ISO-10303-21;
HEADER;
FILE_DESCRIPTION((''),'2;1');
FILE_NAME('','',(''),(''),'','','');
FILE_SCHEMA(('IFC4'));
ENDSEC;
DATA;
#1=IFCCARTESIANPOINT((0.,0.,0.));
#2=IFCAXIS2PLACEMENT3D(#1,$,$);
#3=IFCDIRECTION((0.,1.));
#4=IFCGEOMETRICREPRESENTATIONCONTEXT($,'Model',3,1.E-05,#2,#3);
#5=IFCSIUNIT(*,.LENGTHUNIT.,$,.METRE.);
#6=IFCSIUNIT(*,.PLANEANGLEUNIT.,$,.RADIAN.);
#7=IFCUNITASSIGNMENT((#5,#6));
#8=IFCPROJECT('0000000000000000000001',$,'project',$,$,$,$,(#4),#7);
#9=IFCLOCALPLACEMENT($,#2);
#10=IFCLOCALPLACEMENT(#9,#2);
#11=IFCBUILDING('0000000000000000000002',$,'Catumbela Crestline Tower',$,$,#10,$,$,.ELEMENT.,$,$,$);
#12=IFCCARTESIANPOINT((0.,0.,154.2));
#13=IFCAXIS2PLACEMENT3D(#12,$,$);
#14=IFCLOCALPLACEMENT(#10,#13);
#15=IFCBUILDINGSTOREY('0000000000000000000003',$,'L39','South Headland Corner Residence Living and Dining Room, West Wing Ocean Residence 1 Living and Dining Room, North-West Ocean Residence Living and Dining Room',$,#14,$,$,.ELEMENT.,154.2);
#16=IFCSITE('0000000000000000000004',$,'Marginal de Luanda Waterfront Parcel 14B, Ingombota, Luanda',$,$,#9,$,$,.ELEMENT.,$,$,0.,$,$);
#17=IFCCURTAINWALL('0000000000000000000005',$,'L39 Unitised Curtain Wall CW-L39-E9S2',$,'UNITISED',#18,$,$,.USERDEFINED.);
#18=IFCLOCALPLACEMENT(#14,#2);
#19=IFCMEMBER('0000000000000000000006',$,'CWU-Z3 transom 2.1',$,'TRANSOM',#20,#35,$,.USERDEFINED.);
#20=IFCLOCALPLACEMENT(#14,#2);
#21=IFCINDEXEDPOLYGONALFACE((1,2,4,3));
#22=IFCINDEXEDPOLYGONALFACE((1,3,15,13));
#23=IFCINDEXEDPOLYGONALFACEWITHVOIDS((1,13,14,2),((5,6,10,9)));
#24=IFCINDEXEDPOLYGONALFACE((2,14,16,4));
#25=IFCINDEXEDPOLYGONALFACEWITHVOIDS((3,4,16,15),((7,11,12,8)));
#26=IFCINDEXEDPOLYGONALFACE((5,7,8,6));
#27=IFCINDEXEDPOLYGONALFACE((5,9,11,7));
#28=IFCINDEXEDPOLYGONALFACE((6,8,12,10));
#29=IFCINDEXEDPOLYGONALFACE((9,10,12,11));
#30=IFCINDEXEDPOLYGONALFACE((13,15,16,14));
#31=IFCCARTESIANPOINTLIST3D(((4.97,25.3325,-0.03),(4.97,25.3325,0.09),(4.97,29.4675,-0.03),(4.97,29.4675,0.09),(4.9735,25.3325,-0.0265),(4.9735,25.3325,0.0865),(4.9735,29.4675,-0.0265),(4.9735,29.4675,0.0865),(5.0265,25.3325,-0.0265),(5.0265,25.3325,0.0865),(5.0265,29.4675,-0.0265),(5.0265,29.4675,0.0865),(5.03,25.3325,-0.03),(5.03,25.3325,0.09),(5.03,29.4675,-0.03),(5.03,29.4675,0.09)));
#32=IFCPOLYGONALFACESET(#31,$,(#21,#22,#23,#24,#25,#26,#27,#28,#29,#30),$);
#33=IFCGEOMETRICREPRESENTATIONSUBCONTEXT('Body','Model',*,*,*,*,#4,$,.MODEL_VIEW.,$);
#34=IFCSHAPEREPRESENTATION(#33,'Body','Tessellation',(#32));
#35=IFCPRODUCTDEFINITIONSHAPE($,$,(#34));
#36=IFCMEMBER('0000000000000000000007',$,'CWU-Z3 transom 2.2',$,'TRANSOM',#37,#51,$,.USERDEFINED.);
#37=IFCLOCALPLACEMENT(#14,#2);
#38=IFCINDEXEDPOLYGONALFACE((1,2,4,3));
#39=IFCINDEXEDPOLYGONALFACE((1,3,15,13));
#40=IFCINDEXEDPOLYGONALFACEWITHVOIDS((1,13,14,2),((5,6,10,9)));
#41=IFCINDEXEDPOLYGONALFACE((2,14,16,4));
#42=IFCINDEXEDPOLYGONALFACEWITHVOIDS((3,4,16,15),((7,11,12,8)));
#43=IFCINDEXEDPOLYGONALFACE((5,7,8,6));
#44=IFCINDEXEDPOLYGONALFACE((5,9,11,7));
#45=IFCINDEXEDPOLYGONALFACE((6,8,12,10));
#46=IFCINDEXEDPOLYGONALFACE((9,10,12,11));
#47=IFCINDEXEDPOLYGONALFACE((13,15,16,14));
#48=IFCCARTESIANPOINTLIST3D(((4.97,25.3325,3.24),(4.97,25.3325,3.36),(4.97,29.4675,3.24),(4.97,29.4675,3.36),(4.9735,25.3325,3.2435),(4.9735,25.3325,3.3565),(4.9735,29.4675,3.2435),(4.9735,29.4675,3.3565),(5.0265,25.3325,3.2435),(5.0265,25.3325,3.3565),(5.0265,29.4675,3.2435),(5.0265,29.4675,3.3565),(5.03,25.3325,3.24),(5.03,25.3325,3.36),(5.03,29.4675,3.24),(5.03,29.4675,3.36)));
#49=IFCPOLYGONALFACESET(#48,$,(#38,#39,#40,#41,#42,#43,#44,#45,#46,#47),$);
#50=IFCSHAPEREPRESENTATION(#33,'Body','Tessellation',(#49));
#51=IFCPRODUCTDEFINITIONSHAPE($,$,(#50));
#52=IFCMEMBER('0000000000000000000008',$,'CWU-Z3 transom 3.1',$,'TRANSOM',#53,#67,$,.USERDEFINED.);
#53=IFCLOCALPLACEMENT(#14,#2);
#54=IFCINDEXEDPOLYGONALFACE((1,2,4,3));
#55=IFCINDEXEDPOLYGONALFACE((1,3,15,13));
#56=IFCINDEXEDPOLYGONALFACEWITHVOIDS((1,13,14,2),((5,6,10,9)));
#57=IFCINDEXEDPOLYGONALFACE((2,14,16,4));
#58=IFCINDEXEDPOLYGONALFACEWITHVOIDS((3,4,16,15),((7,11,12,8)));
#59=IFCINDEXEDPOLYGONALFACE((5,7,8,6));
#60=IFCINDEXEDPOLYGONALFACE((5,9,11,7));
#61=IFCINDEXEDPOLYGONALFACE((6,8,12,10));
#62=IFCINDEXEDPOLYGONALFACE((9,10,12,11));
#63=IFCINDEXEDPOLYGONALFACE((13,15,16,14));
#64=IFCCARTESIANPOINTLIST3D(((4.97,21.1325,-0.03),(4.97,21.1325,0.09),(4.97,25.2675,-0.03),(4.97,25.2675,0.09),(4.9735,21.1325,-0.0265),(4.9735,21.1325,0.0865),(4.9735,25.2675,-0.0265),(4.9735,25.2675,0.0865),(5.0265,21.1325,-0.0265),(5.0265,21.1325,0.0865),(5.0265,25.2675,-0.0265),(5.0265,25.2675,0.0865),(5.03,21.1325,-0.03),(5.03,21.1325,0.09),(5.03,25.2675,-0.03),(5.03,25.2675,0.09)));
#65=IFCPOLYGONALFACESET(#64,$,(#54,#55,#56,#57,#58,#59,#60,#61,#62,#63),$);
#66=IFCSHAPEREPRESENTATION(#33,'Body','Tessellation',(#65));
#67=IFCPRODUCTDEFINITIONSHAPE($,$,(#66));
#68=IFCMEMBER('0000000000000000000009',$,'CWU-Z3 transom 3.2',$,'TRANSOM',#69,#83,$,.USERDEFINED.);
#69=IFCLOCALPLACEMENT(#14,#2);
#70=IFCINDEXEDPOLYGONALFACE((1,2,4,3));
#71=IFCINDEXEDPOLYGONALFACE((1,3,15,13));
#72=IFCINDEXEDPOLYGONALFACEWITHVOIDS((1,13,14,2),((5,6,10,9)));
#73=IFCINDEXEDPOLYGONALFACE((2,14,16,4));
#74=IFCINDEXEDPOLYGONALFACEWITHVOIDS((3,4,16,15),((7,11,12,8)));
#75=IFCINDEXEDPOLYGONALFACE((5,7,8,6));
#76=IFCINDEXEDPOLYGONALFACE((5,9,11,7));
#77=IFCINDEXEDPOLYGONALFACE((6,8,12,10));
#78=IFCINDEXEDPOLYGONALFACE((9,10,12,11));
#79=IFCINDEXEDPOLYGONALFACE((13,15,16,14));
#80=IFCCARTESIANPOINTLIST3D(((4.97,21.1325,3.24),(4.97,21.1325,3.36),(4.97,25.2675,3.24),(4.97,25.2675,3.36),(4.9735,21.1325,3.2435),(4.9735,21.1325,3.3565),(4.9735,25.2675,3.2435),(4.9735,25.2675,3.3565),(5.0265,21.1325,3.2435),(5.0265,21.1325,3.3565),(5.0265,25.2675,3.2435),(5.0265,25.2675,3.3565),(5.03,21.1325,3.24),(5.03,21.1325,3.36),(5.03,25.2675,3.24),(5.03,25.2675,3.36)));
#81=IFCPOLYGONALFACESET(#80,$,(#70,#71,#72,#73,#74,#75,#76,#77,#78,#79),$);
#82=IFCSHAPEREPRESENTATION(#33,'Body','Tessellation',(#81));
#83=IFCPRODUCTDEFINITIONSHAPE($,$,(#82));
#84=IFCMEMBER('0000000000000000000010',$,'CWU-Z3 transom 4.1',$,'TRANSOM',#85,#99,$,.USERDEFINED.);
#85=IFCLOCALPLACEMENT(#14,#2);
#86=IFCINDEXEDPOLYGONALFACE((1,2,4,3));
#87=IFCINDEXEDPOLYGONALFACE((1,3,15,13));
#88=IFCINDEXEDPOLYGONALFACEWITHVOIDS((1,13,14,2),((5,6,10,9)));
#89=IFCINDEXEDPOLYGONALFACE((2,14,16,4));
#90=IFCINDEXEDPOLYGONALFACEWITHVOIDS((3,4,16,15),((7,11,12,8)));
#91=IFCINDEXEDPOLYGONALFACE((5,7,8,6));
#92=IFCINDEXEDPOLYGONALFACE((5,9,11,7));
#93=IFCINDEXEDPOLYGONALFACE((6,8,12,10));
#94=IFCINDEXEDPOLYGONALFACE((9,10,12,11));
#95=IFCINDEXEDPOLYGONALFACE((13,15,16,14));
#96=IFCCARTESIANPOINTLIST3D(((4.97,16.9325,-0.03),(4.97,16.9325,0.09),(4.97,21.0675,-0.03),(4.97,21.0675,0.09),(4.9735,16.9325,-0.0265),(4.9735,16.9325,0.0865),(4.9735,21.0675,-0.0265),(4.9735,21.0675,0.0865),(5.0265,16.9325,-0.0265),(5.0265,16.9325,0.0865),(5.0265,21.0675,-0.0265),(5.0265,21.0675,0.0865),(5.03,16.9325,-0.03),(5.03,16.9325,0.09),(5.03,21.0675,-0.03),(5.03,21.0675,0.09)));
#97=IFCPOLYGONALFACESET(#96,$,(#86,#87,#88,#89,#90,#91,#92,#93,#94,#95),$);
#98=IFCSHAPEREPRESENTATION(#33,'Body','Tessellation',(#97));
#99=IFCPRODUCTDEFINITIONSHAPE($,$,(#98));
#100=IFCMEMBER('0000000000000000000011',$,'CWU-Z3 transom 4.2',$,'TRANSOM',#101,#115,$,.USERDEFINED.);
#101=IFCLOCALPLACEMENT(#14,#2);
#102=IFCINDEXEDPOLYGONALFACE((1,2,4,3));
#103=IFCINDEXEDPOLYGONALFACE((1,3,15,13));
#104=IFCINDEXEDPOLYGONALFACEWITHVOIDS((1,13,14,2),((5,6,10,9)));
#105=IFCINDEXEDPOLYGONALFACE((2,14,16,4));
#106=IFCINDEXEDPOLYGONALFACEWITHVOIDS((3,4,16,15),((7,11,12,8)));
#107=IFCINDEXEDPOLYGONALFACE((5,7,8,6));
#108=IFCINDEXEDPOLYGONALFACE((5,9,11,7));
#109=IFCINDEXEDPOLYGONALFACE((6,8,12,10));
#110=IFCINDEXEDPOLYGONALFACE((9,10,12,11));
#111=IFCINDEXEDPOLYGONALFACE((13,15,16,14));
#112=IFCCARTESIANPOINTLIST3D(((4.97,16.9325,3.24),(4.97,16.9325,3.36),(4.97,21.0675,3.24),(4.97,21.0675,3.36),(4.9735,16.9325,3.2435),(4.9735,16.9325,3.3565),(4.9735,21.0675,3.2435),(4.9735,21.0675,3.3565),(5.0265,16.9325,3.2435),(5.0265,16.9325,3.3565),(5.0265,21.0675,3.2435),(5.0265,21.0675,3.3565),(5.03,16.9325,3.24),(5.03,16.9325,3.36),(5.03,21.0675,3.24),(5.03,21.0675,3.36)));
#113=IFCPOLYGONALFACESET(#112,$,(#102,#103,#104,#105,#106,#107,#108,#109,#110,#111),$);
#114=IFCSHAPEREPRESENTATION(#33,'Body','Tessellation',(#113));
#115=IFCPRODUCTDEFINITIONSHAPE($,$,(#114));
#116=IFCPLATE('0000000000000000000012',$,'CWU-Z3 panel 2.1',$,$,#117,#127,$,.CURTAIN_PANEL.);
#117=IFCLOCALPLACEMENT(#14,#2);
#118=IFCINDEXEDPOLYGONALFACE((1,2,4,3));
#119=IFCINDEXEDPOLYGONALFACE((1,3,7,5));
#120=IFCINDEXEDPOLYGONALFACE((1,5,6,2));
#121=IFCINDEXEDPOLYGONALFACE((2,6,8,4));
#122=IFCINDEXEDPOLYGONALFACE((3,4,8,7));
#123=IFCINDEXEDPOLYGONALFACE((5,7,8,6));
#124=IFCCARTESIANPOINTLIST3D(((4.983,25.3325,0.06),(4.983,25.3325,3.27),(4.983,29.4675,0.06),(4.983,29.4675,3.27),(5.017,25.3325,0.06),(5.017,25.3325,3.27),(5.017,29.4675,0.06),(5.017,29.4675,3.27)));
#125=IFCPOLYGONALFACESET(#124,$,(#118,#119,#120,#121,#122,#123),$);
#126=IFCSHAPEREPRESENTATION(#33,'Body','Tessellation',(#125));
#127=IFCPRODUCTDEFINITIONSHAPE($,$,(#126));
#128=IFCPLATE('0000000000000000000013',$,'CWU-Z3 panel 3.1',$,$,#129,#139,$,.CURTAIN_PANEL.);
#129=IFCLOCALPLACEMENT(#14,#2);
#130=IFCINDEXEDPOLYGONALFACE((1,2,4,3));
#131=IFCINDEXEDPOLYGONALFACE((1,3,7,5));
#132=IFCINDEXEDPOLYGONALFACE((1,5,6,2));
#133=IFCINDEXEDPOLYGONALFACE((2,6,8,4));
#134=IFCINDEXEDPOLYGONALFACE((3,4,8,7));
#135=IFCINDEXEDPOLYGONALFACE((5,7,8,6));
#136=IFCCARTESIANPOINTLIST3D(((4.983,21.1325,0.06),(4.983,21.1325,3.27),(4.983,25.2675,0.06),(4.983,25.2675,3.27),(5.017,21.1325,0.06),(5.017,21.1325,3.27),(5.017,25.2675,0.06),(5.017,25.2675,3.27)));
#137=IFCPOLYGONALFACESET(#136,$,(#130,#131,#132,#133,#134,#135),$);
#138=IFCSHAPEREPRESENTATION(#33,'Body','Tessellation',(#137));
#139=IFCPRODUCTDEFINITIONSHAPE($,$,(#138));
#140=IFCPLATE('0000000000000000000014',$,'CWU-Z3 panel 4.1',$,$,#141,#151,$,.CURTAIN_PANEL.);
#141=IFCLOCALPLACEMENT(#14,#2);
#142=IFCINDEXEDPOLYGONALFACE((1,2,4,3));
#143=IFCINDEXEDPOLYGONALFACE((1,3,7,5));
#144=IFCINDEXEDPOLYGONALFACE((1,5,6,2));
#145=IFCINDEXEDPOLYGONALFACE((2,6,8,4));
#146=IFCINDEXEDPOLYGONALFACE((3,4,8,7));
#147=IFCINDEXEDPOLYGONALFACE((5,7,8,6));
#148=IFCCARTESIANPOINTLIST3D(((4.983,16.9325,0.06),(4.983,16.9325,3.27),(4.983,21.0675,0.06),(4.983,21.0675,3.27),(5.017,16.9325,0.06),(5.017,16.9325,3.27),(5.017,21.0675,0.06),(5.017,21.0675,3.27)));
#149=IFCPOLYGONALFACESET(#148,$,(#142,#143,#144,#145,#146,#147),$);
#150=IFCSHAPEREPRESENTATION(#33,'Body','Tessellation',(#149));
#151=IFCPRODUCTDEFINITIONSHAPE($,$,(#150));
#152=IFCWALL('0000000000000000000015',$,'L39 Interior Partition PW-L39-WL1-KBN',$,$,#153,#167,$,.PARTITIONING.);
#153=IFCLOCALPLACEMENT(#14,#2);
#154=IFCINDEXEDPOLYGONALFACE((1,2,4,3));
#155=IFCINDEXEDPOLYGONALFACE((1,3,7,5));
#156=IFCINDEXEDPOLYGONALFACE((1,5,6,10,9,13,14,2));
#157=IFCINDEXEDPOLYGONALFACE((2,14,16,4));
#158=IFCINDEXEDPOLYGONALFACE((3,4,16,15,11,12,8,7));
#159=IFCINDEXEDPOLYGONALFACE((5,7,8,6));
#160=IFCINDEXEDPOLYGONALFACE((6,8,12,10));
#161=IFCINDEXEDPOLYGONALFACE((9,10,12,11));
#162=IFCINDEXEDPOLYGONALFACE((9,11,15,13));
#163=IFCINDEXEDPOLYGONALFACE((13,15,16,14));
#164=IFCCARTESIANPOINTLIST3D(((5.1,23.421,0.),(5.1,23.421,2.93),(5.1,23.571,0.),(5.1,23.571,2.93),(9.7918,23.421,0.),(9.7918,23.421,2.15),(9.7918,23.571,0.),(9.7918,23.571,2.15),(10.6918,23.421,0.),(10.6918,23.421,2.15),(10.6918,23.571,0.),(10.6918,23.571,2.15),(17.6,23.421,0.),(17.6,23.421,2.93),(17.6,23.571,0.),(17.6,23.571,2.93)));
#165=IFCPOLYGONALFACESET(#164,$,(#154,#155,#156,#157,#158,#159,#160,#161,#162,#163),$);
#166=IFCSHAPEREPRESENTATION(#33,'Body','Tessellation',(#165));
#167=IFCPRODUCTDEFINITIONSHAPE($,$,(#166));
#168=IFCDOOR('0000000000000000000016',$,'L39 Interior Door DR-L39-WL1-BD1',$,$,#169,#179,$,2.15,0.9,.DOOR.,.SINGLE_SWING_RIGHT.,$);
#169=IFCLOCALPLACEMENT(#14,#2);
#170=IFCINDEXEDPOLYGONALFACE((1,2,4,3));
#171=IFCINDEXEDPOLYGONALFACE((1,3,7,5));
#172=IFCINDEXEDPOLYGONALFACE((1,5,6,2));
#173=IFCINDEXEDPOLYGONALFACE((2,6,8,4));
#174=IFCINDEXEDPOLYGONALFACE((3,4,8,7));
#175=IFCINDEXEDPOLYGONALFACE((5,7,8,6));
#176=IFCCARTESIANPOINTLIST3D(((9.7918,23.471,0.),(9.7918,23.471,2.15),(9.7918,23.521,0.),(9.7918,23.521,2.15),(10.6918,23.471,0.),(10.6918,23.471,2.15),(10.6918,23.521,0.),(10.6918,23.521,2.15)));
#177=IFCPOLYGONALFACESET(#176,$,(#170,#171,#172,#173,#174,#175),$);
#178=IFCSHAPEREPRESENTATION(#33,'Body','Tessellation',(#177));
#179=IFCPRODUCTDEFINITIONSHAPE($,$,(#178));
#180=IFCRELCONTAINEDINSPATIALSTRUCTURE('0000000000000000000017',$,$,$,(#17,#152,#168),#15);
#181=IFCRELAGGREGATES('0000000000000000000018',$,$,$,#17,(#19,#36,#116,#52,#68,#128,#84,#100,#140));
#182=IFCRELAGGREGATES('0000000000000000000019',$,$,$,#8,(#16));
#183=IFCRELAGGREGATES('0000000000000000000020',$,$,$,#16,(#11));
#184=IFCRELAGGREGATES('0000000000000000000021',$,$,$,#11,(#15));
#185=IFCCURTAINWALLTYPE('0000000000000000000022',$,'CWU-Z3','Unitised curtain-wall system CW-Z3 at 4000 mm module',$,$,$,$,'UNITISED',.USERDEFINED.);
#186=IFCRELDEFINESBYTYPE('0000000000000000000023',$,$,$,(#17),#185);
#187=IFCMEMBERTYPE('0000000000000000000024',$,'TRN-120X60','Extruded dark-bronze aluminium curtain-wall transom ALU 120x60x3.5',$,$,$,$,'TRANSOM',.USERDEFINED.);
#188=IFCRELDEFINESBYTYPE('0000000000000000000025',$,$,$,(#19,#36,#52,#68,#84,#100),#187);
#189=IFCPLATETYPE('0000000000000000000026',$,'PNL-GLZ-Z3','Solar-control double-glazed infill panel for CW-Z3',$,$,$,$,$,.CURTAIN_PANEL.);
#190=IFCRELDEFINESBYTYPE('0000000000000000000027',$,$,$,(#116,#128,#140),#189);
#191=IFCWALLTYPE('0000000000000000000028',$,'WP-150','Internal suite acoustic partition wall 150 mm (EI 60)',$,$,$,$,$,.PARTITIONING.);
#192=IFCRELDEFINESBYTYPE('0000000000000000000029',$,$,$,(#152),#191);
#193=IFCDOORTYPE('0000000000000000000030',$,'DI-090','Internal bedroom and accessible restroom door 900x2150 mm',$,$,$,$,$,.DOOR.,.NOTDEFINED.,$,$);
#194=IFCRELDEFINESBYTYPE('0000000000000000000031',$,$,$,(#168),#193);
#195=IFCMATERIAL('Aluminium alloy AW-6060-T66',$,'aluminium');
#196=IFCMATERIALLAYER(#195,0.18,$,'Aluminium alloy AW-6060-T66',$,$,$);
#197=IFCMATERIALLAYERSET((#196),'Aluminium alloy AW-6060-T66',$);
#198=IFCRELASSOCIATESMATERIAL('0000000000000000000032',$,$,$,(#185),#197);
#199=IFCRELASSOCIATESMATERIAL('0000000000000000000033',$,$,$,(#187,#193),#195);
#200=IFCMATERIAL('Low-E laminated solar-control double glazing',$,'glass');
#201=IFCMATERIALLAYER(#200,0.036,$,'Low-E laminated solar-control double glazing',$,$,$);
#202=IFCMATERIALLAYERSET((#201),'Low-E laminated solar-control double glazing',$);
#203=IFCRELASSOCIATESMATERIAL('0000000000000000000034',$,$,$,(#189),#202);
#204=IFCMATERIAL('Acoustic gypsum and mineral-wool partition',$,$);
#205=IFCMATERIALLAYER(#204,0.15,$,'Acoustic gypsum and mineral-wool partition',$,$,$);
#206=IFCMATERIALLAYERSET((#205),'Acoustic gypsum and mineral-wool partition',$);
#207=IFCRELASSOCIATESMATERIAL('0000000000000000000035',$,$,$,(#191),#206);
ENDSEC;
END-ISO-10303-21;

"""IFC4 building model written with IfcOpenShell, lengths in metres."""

from ifc_helpers import new_model, si_unit, direction, frame, frame_2d, origin, origin_2d, place, context, subcontext, project, spatial, rectangle, hollow_rectangle, extrude, material, layer, layer_set, material_profile, profile_set, type_object, element, fill, aggregate, save


model = new_model("IFC4")

# Units and contexts
model_context = context("Model", 3, precision=1e-05, world=origin(), true_north=direction((0.0, 1.0)))
body_context = subcontext(model_context, "Body", "Model", "MODEL_VIEW")
ifc_project = project(units=[si_unit("LENGTHUNIT", "METRE"), si_unit("PLANEANGLEUNIT", "RADIAN")], contexts=[model_context])

# Site, building, storey
site_placement = place(None, origin())
site = spatial("IfcSite", under=ifc_project, at=site_placement, Name="Marginal de Luanda Waterfront Parcel 14B, Ingombota, Luanda", CompositionType="ELEMENT", RefElevation=0.0)
building_placement = place(site_placement, origin())
building = spatial("IfcBuilding", under=site, at=building_placement, Name="Catumbela Crestline Tower", CompositionType="ELEMENT")
storey_placement = place(building_placement, frame((0.0, 0.0, 154.2)))
storey = spatial("IfcBuildingStorey", under=building, at=storey_placement, Name="L39", Description="South Headland Corner Residence Living and Dining Room, West Wing Ocean Residence 1 Living and Dining Room, North-West Ocean Residence Living and Dining Room", CompositionType="ELEMENT", Elevation=154.2)

# Curtain wall
ifc_material_1 = material(Name="Aluminium alloy AW-6060-T66", Category="aluminium")
ifc_layer_1 = layer(ifc_material_1, 0.18, Name="Aluminium alloy AW-6060-T66")
ifc_layer_set_1 = layer_set([ifc_layer_1], Name="Aluminium alloy AW-6060-T66")
curtain_wall_type = type_object("IfcCurtainWallType", Name="CWU-Z3", Description="Unitised curtain-wall system CW-Z3 at 4000 mm module", ElementType="UNITISED", PredefinedType="USERDEFINED", material=ifc_layer_set_1)
curtain_wall_placement = place(storey_placement, origin())
curtain_wall = element("IfcCurtainWall", 1, at=curtain_wall_placement, inside=storey, type_object=curtain_wall_type, Name="L39 Unitised Curtain Wall CW-L39-E9S2", ObjectType="UNITISED", PredefinedType="USERDEFINED")

# Members
ifc_material_profile_1 = material_profile(ifc_material_1, hollow_rectangle(XDim=0.06, YDim=0.12, WallThickness=0.0035, at=origin_2d()), Name="ALU 120x60x3.5")
ifc_profile_set_1 = profile_set([ifc_material_profile_1], Name="Aluminium alloy AW-6060-T66")
member_type_1 = type_object("IfcMemberType", Name="TRN-120X60", Description="Extruded dark-bronze aluminium curtain-wall transom ALU 120x60x3.5", ElementType="TRANSOM", PredefinedType="USERDEFINED", material=ifc_profile_set_1)
member_1_placement = place(storey_placement, frame((5.0, 29.4675, 0.03), z_axis=(0.0, -1.0, 0.0), x_axis=(1.0, 0.0, 0.0)))
member_1 = element("IfcMember", 2, at=member_1_placement, type_object=member_type_1, Name="CWU-Z3 transom 2.1", ObjectType="TRANSOM", PredefinedType="USERDEFINED", context=body_context, shape_type="SweptSolid", body=[
    extrude(hollow_rectangle(XDim=0.06, YDim=0.12, WallThickness=0.0035, at=origin_2d()), origin(), (0.0, 0.0, 1.0), 4.135),
])
member_2_placement = place(storey_placement, frame((5.0, 29.4675, 3.3), z_axis=(0.0, -1.0, 0.0), x_axis=(1.0, 0.0, 0.0)))
member_2 = element("IfcMember", 3, at=member_2_placement, type_object=member_type_1, Name="CWU-Z3 transom 2.2", ObjectType="TRANSOM", PredefinedType="USERDEFINED", context=body_context, shape_type="SweptSolid", body=[
    extrude(hollow_rectangle(XDim=0.06, YDim=0.12, WallThickness=0.0035, at=origin_2d()), origin(), (0.0, 0.0, 1.0), 4.135),
])
member_3_placement = place(storey_placement, frame((5.0, 25.2675, 0.03), z_axis=(0.0, -1.0, 0.0), x_axis=(1.0, 0.0, 0.0)))
member_3 = element("IfcMember", 4, at=member_3_placement, type_object=member_type_1, Name="CWU-Z3 transom 3.1", ObjectType="TRANSOM", PredefinedType="USERDEFINED", context=body_context, shape_type="SweptSolid", body=[
    extrude(hollow_rectangle(XDim=0.06, YDim=0.12, WallThickness=0.0035, at=origin_2d()), origin(), (0.0, 0.0, 1.0), 4.135),
])
member_4_placement = place(storey_placement, frame((5.0, 25.2675, 3.3), z_axis=(0.0, -1.0, 0.0), x_axis=(1.0, 0.0, 0.0)))
member_4 = element("IfcMember", 5, at=member_4_placement, type_object=member_type_1, Name="CWU-Z3 transom 3.2", ObjectType="TRANSOM", PredefinedType="USERDEFINED", context=body_context, shape_type="SweptSolid", body=[
    extrude(hollow_rectangle(XDim=0.06, YDim=0.12, WallThickness=0.0035, at=origin_2d()), origin(), (0.0, 0.0, 1.0), 4.135),
])
member_5_placement = place(storey_placement, frame((5.0, 21.0675, 0.03), z_axis=(0.0, -1.0, 0.0), x_axis=(1.0, 0.0, 0.0)))
member_5 = element("IfcMember", 6, at=member_5_placement, type_object=member_type_1, Name="CWU-Z3 transom 4.1", ObjectType="TRANSOM", PredefinedType="USERDEFINED", context=body_context, shape_type="SweptSolid", body=[
    extrude(hollow_rectangle(XDim=0.06, YDim=0.12, WallThickness=0.0035, at=origin_2d()), origin(), (0.0, 0.0, 1.0), 4.135),
])
member_6_placement = place(storey_placement, frame((5.0, 21.0675, 3.3), z_axis=(0.0, -1.0, 0.0), x_axis=(1.0, 0.0, 0.0)))
member_6 = element("IfcMember", 7, at=member_6_placement, type_object=member_type_1, Name="CWU-Z3 transom 4.2", ObjectType="TRANSOM", PredefinedType="USERDEFINED", context=body_context, shape_type="SweptSolid", body=[
    extrude(hollow_rectangle(XDim=0.06, YDim=0.12, WallThickness=0.0035, at=origin_2d()), origin(), (0.0, 0.0, 1.0), 4.135),
])

# Plates
ifc_material_2 = material(Name="Low-E laminated solar-control double glazing", Category="glass")
ifc_layer_2 = layer(ifc_material_2, 0.036, Name="Low-E laminated solar-control double glazing")
ifc_layer_set_2 = layer_set([ifc_layer_2], Name="Low-E laminated solar-control double glazing")
plate_type = type_object("IfcPlateType", Name="PNL-GLZ-Z3", Description="Solar-control double-glazed infill panel for CW-Z3", PredefinedType="CURTAIN_PANEL", material=ifc_layer_set_2)
plate_1_placement = place(storey_placement, frame((5.0, 27.4, 0.06), z_axis=(0.0, 0.0, 1.0), x_axis=(0.0, -1.0, 0.0)))
plate_1 = element("IfcPlate", 8, at=plate_1_placement, type_object=plate_type, Name="CWU-Z3 panel 2.1", PredefinedType="CURTAIN_PANEL", context=body_context, shape_type="SweptSolid", body=[
    extrude(rectangle(XDim=4.135, YDim=0.034, at=origin_2d()), origin(), (0.0, 0.0, 1.0), 3.21),
])
plate_2_placement = place(storey_placement, frame((5.0, 23.2, 0.06), z_axis=(0.0, 0.0, 1.0), x_axis=(0.0, -1.0, 0.0)))
plate_2 = element("IfcPlate", 9, at=plate_2_placement, type_object=plate_type, Name="CWU-Z3 panel 3.1", PredefinedType="CURTAIN_PANEL", context=body_context, shape_type="SweptSolid", body=[
    extrude(rectangle(XDim=4.135, YDim=0.034, at=origin_2d()), origin(), (0.0, 0.0, 1.0), 3.21),
])
plate_3_placement = place(storey_placement, frame((5.0, 19.0, 0.06), z_axis=(0.0, 0.0, 1.0), x_axis=(0.0, -1.0, 0.0)))
plate_3 = element("IfcPlate", 10, at=plate_3_placement, type_object=plate_type, Name="CWU-Z3 panel 4.1", PredefinedType="CURTAIN_PANEL", context=body_context, shape_type="SweptSolid", body=[
    extrude(rectangle(XDim=4.135, YDim=0.034, at=origin_2d()), origin(), (0.0, 0.0, 1.0), 3.21),
])
aggregate(curtain_wall, [member_1, member_2, plate_1, member_3, member_4, plate_2, member_5, member_6, plate_3])

# Wall, opening, door
ifc_material_3 = material(Name="Acoustic gypsum and mineral-wool partition")
ifc_layer_3 = layer(ifc_material_3, 0.15, Name="Acoustic gypsum and mineral-wool partition")
ifc_layer_set_3 = layer_set([ifc_layer_3], Name="Acoustic gypsum and mineral-wool partition")
wall_type_1 = type_object("IfcWallType", Name="WP-150", Description="Internal suite acoustic partition wall 150 mm (EI 60)", PredefinedType="PARTITIONING", material=ifc_layer_set_3)
wall_1_placement = place(storey_placement, frame((5.1, 23.496, 0.0), z_axis=(0.0, 0.0, 1.0), x_axis=(1.0, 0.0, 0.0)))
wall_1 = element("IfcWall", 11, at=wall_1_placement, inside=storey, type_object=wall_type_1, Name="L39 Interior Partition PW-L39-WL1-KBN", PredefinedType="PARTITIONING", context=body_context, shape_type="SweptSolid", body=[
    extrude(rectangle(XDim=12.5, YDim=0.15, at=frame_2d((6.25, 0.0))), origin(), (0.0, 0.0, 1.0), 2.93),
])
opening_placement = place(wall_1_placement, frame((4.6918, 0.0, 0.0)))
opening = element("IfcOpeningElement", 12, at=opening_placement, cuts=wall_1, PredefinedType="OPENING", context=body_context, shape_type="SweptSolid", body=[
    extrude(rectangle(XDim=0.9, YDim=2.15, at=frame_2d((0.45, 1.075))), frame((0.0, 0.085, 0.0), z_axis=(0.0, -1.0, 0.0), x_axis=(1.0, 0.0, 0.0)), (0.0, 0.0, 1.0), 0.17),
])
door_type = type_object("IfcDoorType", Name="DI-090", Description="Internal bedroom and accessible restroom door 900x2150 mm", OperationType="NOTDEFINED", PredefinedType="DOOR", material=ifc_material_1)
door_placement = place(opening_placement, origin())
door = element("IfcDoor", 13, at=door_placement, inside=storey, type_object=door_type, Name="L39 Interior Door DR-L39-WL1-BD1", OperationType="SINGLE_SWING_RIGHT", OverallHeight=2.15, OverallWidth=0.9, PredefinedType="DOOR", context=body_context, shape_type="SweptSolid", body=[
    extrude(rectangle(XDim=0.9, YDim=2.15, at=frame_2d((0.45, 1.075))), frame((0.0, 0.025, 0.0), z_axis=(0.0, -1.0, 0.0), x_axis=(1.0, 0.0, 0.0)), (0.0, 0.0, 1.0), 0.05),
])
fill(opening, door)

save(model, "model.ifc")
